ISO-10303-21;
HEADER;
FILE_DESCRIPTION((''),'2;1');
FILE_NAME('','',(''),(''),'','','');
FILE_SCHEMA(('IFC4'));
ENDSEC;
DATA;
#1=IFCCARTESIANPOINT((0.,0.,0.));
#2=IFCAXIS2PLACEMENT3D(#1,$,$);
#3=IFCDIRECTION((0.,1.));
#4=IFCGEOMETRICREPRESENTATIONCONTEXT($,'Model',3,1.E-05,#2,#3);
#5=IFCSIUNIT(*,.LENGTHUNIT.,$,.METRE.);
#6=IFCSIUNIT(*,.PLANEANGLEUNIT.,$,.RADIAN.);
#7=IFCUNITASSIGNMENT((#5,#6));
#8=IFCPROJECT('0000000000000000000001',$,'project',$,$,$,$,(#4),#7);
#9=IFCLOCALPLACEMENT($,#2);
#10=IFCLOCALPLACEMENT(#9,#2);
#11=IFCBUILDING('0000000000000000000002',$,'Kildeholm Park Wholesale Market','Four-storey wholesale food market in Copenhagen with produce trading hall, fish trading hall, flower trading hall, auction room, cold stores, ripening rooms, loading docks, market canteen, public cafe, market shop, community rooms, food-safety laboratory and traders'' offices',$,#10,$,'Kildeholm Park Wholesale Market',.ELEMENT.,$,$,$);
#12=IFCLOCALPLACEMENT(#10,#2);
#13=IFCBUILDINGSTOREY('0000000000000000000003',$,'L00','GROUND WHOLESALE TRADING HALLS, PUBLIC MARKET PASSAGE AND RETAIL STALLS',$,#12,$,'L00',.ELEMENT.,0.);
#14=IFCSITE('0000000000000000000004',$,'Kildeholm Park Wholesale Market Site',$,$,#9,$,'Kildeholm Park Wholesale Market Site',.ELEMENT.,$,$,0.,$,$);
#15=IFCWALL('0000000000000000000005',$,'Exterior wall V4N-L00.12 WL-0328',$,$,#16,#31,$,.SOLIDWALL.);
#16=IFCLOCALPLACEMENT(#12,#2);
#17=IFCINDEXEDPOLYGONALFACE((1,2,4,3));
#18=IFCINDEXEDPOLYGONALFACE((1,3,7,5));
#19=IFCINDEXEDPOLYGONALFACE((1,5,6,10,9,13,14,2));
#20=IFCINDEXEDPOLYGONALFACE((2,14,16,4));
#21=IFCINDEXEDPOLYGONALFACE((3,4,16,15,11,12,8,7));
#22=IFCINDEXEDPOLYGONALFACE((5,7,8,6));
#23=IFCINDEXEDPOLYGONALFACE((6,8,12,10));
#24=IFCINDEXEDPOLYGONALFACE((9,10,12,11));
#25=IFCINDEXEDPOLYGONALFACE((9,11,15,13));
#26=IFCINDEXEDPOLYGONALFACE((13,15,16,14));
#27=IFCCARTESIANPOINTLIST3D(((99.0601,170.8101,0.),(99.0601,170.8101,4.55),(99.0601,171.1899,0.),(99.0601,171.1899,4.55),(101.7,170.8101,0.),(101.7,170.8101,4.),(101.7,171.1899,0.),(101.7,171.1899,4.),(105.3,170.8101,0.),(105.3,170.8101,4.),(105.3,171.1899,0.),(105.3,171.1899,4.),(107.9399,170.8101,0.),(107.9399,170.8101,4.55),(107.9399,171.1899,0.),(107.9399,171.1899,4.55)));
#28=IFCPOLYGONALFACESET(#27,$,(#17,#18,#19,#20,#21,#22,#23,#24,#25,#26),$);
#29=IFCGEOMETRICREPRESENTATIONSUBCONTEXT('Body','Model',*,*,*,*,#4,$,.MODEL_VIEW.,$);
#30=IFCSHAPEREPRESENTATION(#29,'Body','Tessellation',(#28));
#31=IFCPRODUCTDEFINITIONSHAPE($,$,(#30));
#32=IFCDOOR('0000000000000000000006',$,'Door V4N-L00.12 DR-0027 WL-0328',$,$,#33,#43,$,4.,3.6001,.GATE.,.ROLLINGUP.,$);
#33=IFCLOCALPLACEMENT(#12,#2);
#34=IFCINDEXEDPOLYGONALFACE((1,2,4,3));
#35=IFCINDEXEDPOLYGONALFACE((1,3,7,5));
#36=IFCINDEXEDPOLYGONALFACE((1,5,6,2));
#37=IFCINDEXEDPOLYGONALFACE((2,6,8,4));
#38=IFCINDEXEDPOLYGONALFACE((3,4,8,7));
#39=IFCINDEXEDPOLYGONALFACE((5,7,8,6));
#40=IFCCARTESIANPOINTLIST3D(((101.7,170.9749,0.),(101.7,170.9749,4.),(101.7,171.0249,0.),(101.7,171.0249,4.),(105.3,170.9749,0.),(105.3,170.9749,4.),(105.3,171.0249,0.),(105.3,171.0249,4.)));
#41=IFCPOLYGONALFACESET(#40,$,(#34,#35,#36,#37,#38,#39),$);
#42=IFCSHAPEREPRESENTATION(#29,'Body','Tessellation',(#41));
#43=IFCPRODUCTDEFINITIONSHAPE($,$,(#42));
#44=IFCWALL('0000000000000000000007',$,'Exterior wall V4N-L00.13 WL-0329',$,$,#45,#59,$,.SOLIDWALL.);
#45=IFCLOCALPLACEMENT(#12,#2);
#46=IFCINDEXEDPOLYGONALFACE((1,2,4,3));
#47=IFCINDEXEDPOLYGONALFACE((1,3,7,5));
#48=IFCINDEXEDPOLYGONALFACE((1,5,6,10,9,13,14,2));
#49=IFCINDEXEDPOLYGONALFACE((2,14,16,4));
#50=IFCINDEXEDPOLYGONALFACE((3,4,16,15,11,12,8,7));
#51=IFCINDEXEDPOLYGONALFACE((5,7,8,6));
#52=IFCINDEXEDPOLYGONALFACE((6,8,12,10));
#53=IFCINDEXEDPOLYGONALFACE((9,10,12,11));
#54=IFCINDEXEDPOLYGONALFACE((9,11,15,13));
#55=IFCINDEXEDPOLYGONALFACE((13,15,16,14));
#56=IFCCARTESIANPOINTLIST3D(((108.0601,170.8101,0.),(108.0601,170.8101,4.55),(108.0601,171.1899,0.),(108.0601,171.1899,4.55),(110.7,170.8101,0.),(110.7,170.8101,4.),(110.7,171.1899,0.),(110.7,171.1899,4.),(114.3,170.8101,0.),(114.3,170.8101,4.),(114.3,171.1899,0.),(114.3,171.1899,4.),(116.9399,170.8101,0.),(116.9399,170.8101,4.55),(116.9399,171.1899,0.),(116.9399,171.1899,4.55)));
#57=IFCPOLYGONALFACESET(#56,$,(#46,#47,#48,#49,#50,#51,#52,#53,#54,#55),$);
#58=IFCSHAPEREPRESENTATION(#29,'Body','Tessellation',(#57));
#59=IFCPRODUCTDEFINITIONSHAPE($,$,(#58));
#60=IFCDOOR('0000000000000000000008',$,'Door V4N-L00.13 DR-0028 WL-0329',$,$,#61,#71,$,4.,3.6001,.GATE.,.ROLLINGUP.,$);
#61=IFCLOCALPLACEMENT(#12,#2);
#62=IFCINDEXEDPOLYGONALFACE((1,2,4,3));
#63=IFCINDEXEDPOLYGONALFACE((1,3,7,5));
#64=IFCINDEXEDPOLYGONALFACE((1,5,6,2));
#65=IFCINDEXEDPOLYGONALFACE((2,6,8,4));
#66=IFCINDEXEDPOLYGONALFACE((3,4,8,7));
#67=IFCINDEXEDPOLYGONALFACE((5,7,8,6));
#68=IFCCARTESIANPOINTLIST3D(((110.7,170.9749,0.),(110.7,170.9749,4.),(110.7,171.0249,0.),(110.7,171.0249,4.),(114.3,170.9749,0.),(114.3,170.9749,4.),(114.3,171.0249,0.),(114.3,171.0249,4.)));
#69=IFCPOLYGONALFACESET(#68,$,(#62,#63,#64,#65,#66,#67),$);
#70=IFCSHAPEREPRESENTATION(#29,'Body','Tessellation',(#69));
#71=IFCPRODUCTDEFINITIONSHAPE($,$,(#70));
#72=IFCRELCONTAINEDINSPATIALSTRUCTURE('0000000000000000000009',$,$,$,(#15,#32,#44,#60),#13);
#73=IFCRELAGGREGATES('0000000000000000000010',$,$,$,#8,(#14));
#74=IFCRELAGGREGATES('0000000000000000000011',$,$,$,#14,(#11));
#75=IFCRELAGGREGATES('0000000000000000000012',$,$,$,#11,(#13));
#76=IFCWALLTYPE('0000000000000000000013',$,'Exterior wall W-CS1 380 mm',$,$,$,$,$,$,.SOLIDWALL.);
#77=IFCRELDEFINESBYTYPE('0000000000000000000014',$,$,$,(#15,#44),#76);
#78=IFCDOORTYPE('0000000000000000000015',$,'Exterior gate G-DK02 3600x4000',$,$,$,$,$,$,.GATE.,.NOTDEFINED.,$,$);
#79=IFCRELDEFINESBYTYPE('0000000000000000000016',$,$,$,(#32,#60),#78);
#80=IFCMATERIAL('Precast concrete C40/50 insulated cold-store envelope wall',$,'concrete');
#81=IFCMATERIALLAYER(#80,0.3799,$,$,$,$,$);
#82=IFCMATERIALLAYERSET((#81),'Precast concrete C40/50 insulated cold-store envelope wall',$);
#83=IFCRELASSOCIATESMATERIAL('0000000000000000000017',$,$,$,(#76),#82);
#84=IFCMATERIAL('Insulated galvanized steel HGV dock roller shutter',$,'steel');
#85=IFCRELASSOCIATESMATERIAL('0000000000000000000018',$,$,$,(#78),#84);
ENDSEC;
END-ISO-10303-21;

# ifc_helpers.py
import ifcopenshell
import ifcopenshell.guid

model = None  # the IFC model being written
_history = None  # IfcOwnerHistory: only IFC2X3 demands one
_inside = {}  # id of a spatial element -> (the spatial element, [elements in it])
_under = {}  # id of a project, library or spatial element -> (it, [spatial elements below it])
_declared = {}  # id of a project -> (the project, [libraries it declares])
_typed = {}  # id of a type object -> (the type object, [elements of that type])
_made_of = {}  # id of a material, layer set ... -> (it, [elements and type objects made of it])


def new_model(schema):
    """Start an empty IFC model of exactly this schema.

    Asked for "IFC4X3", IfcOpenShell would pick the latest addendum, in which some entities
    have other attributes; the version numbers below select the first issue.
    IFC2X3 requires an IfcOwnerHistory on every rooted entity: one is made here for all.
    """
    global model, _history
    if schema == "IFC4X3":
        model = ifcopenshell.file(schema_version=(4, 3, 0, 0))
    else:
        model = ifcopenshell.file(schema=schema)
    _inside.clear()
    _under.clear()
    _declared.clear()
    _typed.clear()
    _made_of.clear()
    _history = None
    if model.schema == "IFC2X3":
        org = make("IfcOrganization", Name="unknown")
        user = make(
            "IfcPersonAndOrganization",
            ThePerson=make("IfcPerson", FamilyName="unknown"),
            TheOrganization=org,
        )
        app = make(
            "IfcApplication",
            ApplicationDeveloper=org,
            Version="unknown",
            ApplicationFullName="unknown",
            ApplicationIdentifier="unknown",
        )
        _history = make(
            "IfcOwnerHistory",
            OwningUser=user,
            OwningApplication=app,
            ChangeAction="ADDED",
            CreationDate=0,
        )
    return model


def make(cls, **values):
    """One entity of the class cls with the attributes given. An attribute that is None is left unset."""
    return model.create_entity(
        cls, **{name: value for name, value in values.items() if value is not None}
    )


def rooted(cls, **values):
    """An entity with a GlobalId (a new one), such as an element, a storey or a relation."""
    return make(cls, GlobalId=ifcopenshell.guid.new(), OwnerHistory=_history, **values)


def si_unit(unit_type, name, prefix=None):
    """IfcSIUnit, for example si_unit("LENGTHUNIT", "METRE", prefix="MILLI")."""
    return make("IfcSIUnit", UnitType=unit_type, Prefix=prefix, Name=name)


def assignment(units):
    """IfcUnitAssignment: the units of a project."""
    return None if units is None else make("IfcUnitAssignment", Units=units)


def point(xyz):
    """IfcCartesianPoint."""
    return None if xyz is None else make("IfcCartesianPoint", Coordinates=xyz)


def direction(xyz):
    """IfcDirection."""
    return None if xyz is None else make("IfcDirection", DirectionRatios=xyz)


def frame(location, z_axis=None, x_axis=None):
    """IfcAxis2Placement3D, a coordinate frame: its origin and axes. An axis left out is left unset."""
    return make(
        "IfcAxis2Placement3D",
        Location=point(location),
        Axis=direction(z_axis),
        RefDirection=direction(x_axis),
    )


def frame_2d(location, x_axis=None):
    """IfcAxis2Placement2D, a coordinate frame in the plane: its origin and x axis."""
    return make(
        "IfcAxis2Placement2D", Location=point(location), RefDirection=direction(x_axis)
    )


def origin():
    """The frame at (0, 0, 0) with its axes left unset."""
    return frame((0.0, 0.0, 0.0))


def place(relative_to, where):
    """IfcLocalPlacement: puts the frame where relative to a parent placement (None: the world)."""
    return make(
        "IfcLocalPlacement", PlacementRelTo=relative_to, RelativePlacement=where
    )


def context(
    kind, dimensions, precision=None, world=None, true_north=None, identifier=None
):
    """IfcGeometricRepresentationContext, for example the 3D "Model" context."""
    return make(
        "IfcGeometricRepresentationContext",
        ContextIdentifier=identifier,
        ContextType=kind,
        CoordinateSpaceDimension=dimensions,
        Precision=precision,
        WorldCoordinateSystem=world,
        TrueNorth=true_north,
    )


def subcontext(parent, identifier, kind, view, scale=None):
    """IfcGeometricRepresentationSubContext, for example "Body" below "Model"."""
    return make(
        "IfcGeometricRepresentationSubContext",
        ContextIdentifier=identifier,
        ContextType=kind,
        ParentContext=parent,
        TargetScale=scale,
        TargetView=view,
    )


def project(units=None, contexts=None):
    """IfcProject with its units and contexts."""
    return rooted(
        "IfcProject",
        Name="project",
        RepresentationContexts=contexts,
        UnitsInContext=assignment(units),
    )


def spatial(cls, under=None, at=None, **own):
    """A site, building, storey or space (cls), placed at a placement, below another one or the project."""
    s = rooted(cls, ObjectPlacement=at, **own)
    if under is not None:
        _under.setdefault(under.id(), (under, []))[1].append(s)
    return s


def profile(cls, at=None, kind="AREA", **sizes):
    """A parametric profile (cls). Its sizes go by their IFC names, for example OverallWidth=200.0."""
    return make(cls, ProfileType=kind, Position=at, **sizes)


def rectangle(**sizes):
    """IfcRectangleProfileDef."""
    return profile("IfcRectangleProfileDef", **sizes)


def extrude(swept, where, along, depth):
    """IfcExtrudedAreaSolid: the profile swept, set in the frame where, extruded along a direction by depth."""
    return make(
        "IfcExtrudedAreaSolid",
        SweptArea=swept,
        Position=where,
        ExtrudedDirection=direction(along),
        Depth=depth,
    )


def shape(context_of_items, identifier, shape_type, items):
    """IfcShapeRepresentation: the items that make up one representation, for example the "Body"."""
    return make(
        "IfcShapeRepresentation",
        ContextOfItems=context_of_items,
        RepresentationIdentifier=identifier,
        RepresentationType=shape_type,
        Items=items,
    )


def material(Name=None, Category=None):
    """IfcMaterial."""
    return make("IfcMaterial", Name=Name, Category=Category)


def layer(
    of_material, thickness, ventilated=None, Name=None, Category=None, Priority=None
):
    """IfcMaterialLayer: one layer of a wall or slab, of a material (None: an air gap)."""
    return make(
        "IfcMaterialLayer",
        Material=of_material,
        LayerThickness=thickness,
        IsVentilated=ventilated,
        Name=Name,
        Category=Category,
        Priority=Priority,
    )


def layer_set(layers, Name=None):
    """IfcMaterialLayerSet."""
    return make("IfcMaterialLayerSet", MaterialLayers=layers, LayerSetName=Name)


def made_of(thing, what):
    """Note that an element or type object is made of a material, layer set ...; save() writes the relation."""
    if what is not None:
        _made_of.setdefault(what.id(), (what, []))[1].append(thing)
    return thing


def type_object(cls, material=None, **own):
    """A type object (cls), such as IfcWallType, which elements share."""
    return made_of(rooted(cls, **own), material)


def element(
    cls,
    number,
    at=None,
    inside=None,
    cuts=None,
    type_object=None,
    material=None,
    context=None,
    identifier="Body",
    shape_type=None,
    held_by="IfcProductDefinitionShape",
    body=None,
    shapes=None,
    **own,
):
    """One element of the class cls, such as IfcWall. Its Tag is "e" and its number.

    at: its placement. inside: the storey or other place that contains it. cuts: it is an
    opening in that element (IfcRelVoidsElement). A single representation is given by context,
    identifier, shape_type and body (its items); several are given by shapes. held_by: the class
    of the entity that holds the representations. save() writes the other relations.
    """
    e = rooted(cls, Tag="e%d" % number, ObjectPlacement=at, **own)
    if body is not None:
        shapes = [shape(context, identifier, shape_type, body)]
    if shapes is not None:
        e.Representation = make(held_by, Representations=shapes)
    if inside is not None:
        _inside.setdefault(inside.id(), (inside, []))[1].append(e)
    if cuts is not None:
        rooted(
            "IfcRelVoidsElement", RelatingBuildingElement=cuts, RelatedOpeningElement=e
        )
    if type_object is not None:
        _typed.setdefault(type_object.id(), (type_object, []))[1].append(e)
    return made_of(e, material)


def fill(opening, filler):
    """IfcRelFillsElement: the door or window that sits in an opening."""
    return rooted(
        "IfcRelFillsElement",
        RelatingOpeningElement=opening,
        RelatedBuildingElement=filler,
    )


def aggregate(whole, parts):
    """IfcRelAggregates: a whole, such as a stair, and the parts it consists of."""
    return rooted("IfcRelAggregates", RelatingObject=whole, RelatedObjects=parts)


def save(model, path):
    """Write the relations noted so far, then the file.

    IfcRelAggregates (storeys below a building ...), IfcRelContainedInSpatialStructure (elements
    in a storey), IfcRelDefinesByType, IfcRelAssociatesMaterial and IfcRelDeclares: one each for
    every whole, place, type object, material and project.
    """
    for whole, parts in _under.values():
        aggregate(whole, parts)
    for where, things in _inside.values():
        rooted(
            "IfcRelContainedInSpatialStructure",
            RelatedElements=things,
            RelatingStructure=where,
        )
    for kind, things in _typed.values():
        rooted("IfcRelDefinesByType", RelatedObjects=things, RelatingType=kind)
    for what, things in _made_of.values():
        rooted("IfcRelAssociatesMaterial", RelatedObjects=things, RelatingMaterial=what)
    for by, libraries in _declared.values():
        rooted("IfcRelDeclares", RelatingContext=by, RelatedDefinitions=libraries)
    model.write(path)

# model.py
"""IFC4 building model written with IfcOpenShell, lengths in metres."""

from ifc_helpers import new_model, si_unit, direction, frame, frame_2d, origin, place, context, subcontext, project, spatial, rectangle, extrude, material, layer, layer_set, type_object, element, fill, save


model = new_model("IFC4")

# Units and contexts
model_context = context("Model", 3, precision=1e-05, world=origin(), true_north=direction((0.0, 1.0)))
body_context = subcontext(model_context, "Body", "Model", "MODEL_VIEW")
ifc_project = project(units=[si_unit("LENGTHUNIT", "METRE"), si_unit("PLANEANGLEUNIT", "RADIAN")], contexts=[model_context])

# Site, building, storey
site_placement = place(None, origin())
site = spatial("IfcSite", under=ifc_project, at=site_placement, Name="Kildeholm Park Wholesale Market Site", LongName="Kildeholm Park Wholesale Market Site", CompositionType="ELEMENT", RefElevation=0.0)
building_placement = place(site_placement, origin())
building = spatial("IfcBuilding", under=site, at=building_placement, Name="Kildeholm Park Wholesale Market", Description="Four-storey wholesale food market in Copenhagen with produce trading hall, fish trading hall, flower trading hall, auction room, cold stores, ripening rooms, loading docks, market canteen, public cafe, market shop, community rooms, food-safety laboratory and traders' offices", LongName="Kildeholm Park Wholesale Market", CompositionType="ELEMENT")
storey_placement = place(building_placement, origin())
storey = spatial("IfcBuildingStorey", under=building, at=storey_placement, Name="L00", Description="GROUND WHOLESALE TRADING HALLS, PUBLIC MARKET PASSAGE AND RETAIL STALLS", LongName="L00", CompositionType="ELEMENT", Elevation=0.0)

# Walls, openings, doors
ifc_material_1 = material(Name="Precast concrete C40/50 insulated cold-store envelope wall", Category="concrete")
ifc_layer = layer(ifc_material_1, 0.3799)
ifc_layer_set = layer_set([ifc_layer], Name="Precast concrete C40/50 insulated cold-store envelope wall")
wall_type = type_object("IfcWallType", Name="Exterior wall W-CS1 380 mm", PredefinedType="SOLIDWALL", material=ifc_layer_set)
wall_1_placement = place(storey_placement, frame((99.0601, 171.0, 0.0), z_axis=(0.0, 0.0, 1.0), x_axis=(1.0, 0.0, 0.0)))
wall_1 = element("IfcWall", 1, at=wall_1_placement, inside=storey, type_object=wall_type, Name="Exterior wall V4N-L00.12 WL-0328", PredefinedType="SOLIDWALL", context=body_context, shape_type="SweptSolid", body=[
    extrude(rectangle(XDim=8.8799, YDim=0.3799, at=frame_2d((4.4399, 0.0))), origin(), (0.0, 0.0, 1.0), 4.55),
])
opening_1_placement = place(wall_1_placement, frame((2.6399, 0.0, 0.0)))
opening_1 = element("IfcOpeningElement", 2, at=opening_1_placement, cuts=wall_1, PredefinedType="OPENING", context=body_context, shape_type="SweptSolid", body=[
    extrude(rectangle(XDim=3.6001, YDim=4.0, at=frame_2d((1.8, 2.0))), frame((0.0, 0.2, 0.0), z_axis=(0.0, -1.0, 0.0), x_axis=(1.0, 0.0, 0.0)), (0.0, 0.0, 1.0), 0.3999),
])
ifc_material_2 = material(Name="Insulated galvanized steel HGV dock roller shutter", Category="steel")
door_type = type_object("IfcDoorType", Name="Exterior gate G-DK02 3600x4000", OperationType="NOTDEFINED", PredefinedType="GATE", material=ifc_material_2)
door_1_placement = place(opening_1_placement, origin())
door_1 = element("IfcDoor", 3, at=door_1_placement, inside=storey, type_object=door_type, Name="Door V4N-L00.12 DR-0027 WL-0328", OperationType="ROLLINGUP", OverallHeight=4.0, OverallWidth=3.6001, PredefinedType="GATE", context=body_context, shape_type="SweptSolid", body=[
    extrude(rectangle(XDim=3.6001, YDim=4.0, at=frame_2d((1.8, 2.0))), frame((0.0, 0.0249, 0.0), z_axis=(0.0, -1.0, 0.0), x_axis=(1.0, 0.0, 0.0)), (0.0, 0.0, 1.0), 0.05),
])
fill(opening_1, door_1)
wall_2_placement = place(storey_placement, frame((108.0601, 171.0, 0.0), z_axis=(0.0, 0.0, 1.0), x_axis=(1.0, 0.0, 0.0)))
wall_2 = element("IfcWall", 4, at=wall_2_placement, inside=storey, type_object=wall_type, Name="Exterior wall V4N-L00.13 WL-0329", PredefinedType="SOLIDWALL", context=body_context, shape_type="SweptSolid", body=[
    extrude(rectangle(XDim=8.8799, YDim=0.3799, at=frame_2d((4.4399, 0.0))), origin(), (0.0, 0.0, 1.0), 4.55),
])
opening_2_placement = place(wall_2_placement, frame((2.6399, 0.0, 0.0)))
opening_2 = element("IfcOpeningElement", 5, at=opening_2_placement, cuts=wall_2, PredefinedType="OPENING", context=body_context, shape_type="SweptSolid", body=[
    extrude(rectangle(XDim=3.6001, YDim=4.0, at=frame_2d((1.8, 2.0))), frame((0.0, 0.2, 0.0), z_axis=(0.0, -1.0, 0.0), x_axis=(1.0, 0.0, 0.0)), (0.0, 0.0, 1.0), 0.3999),
])
door_2_placement = place(opening_2_placement, origin())
door_2 = element("IfcDoor", 6, at=door_2_placement, inside=storey, type_object=door_type, Name="Door V4N-L00.13 DR-0028 WL-0329", OperationType="ROLLINGUP", OverallHeight=4.0, OverallWidth=3.6001, PredefinedType="GATE", context=body_context, shape_type="SweptSolid", body=[
    extrude(rectangle(XDim=3.6001, YDim=4.0, at=frame_2d((1.8, 2.0))), frame((0.0, 0.0249, 0.0), z_axis=(0.0, -1.0, 0.0), x_axis=(1.0, 0.0, 0.0)), (0.0, 0.0, 1.0), 0.05),
])
fill(opening_2, door_2)

save(model, "model.ifc")
